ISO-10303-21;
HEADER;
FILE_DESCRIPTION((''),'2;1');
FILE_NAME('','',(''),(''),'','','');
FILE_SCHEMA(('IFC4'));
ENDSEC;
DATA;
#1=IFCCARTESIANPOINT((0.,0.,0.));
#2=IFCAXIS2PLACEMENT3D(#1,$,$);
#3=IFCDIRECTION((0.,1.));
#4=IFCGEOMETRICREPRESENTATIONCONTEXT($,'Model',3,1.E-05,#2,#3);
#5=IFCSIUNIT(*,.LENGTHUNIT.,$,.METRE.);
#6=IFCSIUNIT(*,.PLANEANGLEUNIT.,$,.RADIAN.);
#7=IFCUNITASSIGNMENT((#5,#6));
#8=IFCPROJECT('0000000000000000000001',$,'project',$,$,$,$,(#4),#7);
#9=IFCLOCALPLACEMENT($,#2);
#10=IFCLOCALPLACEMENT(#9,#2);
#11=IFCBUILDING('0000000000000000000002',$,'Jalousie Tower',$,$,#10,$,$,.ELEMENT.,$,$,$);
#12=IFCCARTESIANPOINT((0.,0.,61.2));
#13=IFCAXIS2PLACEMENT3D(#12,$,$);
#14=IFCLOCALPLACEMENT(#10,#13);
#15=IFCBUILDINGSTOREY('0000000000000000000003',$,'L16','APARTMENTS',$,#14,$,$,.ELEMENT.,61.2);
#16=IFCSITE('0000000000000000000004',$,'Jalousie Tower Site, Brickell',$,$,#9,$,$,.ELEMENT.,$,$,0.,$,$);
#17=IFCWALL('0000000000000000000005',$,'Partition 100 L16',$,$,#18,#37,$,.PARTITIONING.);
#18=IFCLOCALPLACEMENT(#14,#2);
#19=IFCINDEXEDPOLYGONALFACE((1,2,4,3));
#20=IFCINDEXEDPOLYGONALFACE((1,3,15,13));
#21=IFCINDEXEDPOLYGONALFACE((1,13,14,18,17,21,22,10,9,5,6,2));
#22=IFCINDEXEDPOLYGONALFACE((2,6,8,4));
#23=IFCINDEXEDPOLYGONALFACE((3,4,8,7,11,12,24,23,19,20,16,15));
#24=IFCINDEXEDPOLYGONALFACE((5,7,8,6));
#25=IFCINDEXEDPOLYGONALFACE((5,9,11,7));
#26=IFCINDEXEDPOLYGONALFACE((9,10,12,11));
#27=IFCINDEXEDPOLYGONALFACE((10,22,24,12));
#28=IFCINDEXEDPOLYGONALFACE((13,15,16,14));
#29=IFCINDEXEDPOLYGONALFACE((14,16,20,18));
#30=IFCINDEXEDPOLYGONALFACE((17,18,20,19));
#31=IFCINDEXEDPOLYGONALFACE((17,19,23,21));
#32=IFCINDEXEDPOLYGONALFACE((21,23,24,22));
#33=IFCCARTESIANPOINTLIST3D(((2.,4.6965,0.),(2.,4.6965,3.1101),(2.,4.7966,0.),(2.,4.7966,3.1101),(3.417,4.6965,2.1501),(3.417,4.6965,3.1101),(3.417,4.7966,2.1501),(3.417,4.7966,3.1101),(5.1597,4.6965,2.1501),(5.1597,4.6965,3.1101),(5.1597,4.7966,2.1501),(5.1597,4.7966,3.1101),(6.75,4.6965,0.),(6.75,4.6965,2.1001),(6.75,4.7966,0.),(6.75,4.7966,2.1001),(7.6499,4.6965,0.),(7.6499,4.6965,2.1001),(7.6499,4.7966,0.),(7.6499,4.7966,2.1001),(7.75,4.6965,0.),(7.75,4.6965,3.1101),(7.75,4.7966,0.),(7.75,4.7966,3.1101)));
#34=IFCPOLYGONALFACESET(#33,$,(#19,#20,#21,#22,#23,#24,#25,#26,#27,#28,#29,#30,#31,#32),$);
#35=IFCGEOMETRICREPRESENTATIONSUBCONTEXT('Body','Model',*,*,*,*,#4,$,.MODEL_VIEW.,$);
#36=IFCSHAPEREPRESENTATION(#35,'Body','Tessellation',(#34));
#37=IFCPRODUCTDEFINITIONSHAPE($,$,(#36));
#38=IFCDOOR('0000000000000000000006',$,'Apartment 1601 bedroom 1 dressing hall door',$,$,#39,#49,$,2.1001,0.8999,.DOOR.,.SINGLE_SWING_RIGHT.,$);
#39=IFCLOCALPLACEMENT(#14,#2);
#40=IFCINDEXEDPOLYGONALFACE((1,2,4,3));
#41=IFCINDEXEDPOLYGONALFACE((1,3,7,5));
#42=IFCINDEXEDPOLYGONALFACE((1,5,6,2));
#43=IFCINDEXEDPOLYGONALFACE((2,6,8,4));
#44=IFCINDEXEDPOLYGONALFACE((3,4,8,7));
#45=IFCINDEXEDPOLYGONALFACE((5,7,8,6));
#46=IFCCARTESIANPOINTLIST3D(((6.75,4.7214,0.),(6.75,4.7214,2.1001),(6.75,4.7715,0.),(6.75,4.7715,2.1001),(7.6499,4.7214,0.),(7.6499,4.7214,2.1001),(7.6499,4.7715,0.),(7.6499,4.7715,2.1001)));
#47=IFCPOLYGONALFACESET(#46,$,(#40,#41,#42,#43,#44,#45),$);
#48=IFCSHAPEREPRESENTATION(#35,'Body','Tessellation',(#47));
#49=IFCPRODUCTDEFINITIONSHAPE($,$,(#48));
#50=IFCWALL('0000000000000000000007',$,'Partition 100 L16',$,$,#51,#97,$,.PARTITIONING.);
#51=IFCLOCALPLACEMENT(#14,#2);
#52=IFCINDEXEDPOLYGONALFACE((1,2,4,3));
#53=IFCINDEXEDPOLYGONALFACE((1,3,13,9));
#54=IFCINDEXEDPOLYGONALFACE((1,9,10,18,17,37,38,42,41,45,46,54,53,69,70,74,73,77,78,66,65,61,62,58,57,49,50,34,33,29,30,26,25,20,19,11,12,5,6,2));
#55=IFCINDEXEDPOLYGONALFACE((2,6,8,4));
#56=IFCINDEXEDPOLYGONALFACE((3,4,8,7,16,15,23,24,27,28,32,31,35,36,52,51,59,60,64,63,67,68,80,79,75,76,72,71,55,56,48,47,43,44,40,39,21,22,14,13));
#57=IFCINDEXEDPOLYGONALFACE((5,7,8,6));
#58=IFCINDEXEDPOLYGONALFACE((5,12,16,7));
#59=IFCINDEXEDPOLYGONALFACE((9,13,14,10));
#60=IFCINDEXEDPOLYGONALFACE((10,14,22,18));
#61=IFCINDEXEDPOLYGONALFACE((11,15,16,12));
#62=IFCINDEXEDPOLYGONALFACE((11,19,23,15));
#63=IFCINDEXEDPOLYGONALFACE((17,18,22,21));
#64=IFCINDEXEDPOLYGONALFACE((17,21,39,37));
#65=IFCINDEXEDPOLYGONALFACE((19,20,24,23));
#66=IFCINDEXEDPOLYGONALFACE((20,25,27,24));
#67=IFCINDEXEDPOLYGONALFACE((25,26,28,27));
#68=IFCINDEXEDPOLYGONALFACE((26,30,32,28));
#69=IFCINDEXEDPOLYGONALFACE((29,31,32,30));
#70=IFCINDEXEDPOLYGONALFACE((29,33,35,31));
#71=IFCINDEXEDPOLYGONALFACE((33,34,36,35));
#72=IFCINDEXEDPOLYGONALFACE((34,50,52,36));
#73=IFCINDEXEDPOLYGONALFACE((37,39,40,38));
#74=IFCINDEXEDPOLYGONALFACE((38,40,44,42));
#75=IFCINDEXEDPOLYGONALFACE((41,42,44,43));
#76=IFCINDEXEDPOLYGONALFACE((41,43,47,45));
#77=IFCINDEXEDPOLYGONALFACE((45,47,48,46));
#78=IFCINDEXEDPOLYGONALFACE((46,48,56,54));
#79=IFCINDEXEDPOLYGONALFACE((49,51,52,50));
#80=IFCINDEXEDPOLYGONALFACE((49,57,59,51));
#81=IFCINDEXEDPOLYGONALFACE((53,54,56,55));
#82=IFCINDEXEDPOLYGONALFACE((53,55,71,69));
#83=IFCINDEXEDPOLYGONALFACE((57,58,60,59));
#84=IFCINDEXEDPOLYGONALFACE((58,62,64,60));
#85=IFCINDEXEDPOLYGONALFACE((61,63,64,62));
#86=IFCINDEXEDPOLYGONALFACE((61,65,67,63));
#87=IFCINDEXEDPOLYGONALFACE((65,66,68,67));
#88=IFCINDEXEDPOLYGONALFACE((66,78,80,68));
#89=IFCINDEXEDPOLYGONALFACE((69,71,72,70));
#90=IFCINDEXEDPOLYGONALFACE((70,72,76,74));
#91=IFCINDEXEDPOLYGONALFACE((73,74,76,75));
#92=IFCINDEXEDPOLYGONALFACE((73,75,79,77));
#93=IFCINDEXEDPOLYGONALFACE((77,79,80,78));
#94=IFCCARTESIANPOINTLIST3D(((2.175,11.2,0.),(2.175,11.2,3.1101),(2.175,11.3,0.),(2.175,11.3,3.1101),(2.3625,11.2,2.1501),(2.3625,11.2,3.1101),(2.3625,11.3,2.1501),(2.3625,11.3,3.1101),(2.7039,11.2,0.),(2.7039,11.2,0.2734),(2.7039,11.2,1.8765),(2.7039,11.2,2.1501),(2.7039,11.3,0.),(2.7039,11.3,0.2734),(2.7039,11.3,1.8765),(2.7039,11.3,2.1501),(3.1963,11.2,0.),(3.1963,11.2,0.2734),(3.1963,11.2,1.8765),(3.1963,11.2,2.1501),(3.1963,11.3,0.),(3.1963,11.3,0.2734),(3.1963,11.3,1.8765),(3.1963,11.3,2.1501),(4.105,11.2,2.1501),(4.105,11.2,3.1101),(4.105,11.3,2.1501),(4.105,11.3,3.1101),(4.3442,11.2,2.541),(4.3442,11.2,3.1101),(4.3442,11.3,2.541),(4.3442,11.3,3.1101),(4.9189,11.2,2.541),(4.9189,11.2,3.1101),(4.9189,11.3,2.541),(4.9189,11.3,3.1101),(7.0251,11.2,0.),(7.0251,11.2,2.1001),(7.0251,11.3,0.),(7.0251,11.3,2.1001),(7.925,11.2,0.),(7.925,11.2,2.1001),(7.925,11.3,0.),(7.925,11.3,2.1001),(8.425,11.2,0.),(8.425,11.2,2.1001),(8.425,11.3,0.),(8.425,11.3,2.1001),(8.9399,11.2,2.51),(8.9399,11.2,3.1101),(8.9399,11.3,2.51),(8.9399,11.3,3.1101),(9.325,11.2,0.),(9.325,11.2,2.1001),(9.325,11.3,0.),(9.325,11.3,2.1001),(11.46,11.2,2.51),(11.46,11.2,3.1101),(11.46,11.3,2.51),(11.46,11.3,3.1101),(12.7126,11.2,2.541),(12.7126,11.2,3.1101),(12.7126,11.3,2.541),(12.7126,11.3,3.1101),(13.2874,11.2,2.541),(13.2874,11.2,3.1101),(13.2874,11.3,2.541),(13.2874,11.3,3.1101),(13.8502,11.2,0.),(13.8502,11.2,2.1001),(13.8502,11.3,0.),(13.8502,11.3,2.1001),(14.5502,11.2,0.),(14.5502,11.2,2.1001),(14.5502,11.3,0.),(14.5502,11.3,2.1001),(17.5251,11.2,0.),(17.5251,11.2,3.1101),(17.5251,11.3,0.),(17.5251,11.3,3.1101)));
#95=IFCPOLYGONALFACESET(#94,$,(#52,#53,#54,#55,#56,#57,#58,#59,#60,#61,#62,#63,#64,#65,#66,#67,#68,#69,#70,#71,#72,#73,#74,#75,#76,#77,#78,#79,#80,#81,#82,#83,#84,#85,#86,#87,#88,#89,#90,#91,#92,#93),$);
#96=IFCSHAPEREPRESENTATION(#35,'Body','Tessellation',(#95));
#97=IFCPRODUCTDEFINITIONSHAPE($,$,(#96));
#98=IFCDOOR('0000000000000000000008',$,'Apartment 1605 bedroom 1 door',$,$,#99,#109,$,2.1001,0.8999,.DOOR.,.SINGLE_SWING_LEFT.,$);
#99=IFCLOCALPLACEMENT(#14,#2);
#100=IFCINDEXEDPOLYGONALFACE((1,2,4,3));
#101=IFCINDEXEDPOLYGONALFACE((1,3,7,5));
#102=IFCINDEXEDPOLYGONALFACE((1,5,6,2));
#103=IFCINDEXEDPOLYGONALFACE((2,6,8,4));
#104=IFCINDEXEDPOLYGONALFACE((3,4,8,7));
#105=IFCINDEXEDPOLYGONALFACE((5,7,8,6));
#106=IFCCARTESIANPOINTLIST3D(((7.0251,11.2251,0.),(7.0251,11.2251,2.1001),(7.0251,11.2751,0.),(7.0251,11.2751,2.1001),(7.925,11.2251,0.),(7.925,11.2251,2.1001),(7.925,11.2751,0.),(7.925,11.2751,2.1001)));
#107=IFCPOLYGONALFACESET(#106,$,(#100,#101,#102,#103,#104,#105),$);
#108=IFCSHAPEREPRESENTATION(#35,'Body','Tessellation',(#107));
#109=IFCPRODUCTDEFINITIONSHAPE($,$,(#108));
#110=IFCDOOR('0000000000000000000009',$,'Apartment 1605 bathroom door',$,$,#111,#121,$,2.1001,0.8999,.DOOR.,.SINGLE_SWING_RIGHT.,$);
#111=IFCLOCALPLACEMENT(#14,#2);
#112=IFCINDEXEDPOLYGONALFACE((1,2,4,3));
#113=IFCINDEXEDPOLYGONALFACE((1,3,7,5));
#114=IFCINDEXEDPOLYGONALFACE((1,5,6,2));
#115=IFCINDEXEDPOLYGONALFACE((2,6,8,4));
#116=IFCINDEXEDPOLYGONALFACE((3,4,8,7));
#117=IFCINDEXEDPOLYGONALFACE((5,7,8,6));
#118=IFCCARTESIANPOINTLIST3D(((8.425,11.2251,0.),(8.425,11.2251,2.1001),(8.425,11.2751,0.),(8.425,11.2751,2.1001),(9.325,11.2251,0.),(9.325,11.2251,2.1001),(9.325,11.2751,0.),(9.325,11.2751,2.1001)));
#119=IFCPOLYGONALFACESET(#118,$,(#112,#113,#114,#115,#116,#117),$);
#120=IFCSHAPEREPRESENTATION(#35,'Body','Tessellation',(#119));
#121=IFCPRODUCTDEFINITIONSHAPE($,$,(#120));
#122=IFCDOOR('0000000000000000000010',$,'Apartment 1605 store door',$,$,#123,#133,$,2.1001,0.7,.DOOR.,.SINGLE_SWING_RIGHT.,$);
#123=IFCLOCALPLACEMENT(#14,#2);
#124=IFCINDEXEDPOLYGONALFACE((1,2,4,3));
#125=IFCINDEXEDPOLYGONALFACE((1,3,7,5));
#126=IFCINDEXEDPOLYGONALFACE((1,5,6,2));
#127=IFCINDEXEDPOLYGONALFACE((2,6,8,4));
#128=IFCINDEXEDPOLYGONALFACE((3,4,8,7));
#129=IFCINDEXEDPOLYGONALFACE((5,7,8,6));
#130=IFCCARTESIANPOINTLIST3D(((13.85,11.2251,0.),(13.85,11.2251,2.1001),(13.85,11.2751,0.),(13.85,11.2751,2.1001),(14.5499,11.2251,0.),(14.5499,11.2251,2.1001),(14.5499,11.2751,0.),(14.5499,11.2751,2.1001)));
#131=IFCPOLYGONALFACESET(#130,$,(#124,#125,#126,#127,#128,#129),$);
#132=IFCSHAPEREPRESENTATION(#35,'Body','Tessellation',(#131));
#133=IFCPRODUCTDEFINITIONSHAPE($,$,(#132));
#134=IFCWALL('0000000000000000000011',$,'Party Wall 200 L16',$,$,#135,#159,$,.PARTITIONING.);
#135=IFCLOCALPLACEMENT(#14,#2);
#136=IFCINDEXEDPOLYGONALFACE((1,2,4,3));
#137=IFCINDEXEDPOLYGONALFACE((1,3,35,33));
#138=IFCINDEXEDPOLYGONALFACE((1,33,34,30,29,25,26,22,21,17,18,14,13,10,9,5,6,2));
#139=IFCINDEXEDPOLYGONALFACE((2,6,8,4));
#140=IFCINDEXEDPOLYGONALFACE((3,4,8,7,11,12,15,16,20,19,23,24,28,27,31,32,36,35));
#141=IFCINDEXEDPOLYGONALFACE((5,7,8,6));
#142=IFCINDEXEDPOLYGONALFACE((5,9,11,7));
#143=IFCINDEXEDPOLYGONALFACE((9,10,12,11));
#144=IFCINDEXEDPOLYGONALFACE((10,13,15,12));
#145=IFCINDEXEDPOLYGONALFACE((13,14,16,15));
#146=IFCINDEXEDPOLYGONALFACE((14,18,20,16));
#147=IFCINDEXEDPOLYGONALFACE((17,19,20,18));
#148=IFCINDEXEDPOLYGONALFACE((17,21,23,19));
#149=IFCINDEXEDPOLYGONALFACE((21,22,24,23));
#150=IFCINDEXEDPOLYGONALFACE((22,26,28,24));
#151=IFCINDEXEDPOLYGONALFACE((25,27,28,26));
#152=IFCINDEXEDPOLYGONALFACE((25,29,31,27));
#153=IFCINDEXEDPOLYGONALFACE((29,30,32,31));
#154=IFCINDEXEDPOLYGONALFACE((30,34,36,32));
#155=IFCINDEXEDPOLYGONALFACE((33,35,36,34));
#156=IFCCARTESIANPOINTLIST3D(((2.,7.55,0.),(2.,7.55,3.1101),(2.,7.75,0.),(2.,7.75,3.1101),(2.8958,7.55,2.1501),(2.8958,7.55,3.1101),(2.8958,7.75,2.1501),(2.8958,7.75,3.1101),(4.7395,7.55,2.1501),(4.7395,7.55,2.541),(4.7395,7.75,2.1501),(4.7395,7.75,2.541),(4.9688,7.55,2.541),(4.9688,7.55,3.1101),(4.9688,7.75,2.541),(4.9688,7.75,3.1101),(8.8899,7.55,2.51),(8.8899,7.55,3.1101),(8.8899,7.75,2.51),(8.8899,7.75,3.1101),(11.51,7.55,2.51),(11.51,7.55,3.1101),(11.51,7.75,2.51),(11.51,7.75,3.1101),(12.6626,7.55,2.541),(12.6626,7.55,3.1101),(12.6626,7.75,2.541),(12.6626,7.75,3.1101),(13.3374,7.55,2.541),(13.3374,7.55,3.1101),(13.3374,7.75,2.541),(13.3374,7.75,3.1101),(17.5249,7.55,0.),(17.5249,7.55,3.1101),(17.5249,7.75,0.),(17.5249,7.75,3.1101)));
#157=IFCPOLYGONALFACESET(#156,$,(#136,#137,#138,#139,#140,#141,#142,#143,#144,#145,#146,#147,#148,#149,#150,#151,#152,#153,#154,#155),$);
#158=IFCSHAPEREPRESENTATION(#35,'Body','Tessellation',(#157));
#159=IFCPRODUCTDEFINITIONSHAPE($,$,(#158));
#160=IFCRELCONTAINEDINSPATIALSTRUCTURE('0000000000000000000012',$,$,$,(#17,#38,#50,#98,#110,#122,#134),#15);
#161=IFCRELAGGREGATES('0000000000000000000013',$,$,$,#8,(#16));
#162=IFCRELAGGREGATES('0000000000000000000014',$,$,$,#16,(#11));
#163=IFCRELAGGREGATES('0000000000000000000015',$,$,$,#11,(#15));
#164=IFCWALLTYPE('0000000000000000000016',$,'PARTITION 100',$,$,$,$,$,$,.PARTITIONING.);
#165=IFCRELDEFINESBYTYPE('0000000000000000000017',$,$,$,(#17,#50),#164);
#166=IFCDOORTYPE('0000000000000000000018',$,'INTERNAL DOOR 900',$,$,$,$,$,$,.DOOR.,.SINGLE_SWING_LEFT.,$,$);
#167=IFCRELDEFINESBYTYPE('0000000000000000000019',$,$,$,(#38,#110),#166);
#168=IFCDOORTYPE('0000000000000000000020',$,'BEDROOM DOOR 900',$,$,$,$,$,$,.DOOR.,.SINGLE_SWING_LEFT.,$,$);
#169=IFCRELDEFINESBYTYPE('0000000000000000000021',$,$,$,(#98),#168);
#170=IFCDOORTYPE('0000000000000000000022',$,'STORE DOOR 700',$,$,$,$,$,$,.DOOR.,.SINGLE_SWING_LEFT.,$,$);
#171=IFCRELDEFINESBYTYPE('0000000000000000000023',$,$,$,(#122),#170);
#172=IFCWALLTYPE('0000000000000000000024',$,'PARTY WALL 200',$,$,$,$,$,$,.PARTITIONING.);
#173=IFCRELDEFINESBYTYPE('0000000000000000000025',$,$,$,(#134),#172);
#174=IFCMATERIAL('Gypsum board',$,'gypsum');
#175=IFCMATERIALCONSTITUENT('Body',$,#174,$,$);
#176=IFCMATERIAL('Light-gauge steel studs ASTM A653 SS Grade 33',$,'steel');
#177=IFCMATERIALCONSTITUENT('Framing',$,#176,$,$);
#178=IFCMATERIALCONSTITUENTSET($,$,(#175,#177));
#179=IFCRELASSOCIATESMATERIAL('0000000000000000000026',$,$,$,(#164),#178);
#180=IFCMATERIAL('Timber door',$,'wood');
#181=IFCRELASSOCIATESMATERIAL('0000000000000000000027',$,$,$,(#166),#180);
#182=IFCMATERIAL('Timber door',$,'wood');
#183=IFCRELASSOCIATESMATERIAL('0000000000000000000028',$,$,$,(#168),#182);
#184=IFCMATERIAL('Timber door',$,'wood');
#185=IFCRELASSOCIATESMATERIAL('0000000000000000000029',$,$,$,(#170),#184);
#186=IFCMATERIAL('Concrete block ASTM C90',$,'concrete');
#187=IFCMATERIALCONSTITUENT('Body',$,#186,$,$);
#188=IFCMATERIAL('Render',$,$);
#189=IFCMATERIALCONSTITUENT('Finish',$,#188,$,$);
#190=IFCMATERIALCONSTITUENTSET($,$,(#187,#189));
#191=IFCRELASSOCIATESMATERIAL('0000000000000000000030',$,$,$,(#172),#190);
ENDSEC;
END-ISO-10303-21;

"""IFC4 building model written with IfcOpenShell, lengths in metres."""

from ifc_helpers import new_model, si_unit, direction, frame, frame_2d, origin, place, context, subcontext, project, spatial, polyline, rectangle, outline, extrude, material, constituent, constituent_set, type_object, element, fill, save


model = new_model("IFC4")

# Units and contexts
model_context = context("Model", 3, precision=1e-05, world=origin(), true_north=direction((0.0, 1.0)))
body_context = subcontext(model_context, "Body", "Model", "MODEL_VIEW")
ifc_project = project(units=[si_unit("LENGTHUNIT", "METRE"), si_unit("PLANEANGLEUNIT", "RADIAN")], contexts=[model_context])

# Site, building, storey
site_placement = place(None, origin())
site = spatial("IfcSite", under=ifc_project, at=site_placement, Name="Jalousie Tower Site, Brickell", CompositionType="ELEMENT", RefElevation=0.0)
building_placement = place(site_placement, origin())
building = spatial("IfcBuilding", under=site, at=building_placement, Name="Jalousie Tower", CompositionType="ELEMENT")
storey_placement = place(building_placement, frame((0.0, 0.0, 61.2)))
storey = spatial("IfcBuildingStorey", under=building, at=storey_placement, Name="L16", Description="APARTMENTS", CompositionType="ELEMENT", Elevation=61.2)

# Wall, opening, door
ifc_material_1 = material(Name="Gypsum board", Category="gypsum")
ifc_constituent_1 = constituent(ifc_material_1, Name="Body")
ifc_material_2 = material(Name="Light-gauge steel studs ASTM A653 SS Grade 33", Category="steel")
ifc_constituent_2 = constituent(ifc_material_2, Name="Framing")
ifc_constituent_set_1 = constituent_set(constituents=[ifc_constituent_1, ifc_constituent_2])
wall_type_1 = type_object("IfcWallType", Name="PARTITION 100", PredefinedType="PARTITIONING", material=ifc_constituent_set_1)
wall_1_placement = place(storey_placement, frame((2.0, 4.7466, 0.0), z_axis=(0.0, 0.0, 1.0), x_axis=(1.0, 0.0, 0.0)))
wall_1 = element("IfcWall", 1, at=wall_1_placement, inside=storey, type_object=wall_type_1, Name="Partition 100 L16", PredefinedType="PARTITIONING", context=body_context, shape_type="SweptSolid", body=[
    extrude(outline(polyline([(0.0, 0.0), (5.75, 0.0), (5.75, 3.1101), (3.1597, 3.1101), (3.1597, 2.1501), (1.417, 2.1501), (1.417, 3.1101), (0.0, 3.1101), (0.0, 0.0)])), frame((0.0, 0.05, 0.0), z_axis=(0.0, -1.0, 0.0), x_axis=(1.0, 0.0, 0.0)), (0.0, 0.0, 1.0), 0.1001),
])
opening_1_placement = place(wall_1_placement, frame((4.75, 0.0, 0.0)))
opening_1 = element("IfcOpeningElement", 2, at=opening_1_placement, cuts=wall_1, PredefinedType="OPENING", context=body_context, shape_type="SweptSolid", body=[
    extrude(rectangle(XDim=0.8999, YDim=2.1001, at=frame_2d((0.45, 1.05))), frame((0.0, 0.0601, 0.0), z_axis=(0.0, -1.0, 0.0), x_axis=(1.0, 0.0, 0.0)), (0.0, 0.0, 1.0), 0.1201),
])
ifc_material_3 = material(Name="Timber door", Category="wood")
door_type_1 = type_object("IfcDoorType", Name="INTERNAL DOOR 900", OperationType="SINGLE_SWING_LEFT", PredefinedType="DOOR", material=ifc_material_3)
door_1_placement = place(opening_1_placement, origin())
door_1 = element("IfcDoor", 3, at=door_1_placement, inside=storey, type_object=door_type_1, Name="Apartment 1601 bedroom 1 dressing hall door", OperationType="SINGLE_SWING_RIGHT", OverallHeight=2.1001, OverallWidth=0.8999, PredefinedType="DOOR", context=body_context, shape_type="SweptSolid", body=[
    extrude(rectangle(XDim=0.8999, YDim=2.1001, at=frame_2d((0.45, 1.05))), frame((0.0, 0.0249, 0.0), z_axis=(0.0, -1.0, 0.0), x_axis=(1.0, 0.0, 0.0)), (0.0, 0.0, 1.0), 0.05),
])
fill(opening_1, door_1)

# Wall, openings, doors
wall_2_placement = place(storey_placement, frame((2.175, 11.25, 0.0), z_axis=(0.0, 0.0, 1.0), x_axis=(1.0, 0.0, 0.0)))
wall_2 = element("IfcWall", 4, at=wall_2_placement, inside=storey, type_object=wall_type_1, Name="Partition 100 L16", PredefinedType="PARTITIONING", context=body_context, shape_type="SweptSolid", body=[
    extrude(outline(polyline([(0.1875, 3.1101), (0.0, 3.1101), (0.0, 0.0), (0.5288, 0.0), (0.5288, 0.2734), (1.0212, 0.2734), (1.0212, 0.0), (15.3501, 0.0), (15.3501, 3.1101), (11.1123, 3.1101), (11.1123, 2.541), (10.5376, 2.541), (10.5376, 3.1101), (9.2849, 3.1101), (9.2849, 2.51), (6.7649, 2.51), (6.7649, 3.1101), (2.7439, 3.1101), (2.7439, 2.541), (2.1692, 2.541), (2.1692, 3.1101), (1.9299, 3.1101), (1.9299, 2.1501), (1.0212, 2.1501), (1.0212, 1.8765), (0.5288, 1.8765), (0.5288, 2.1501), (0.1875, 2.1501), (0.1875, 3.1101)])), frame((0.0, 0.05, 0.0), z_axis=(0.0, -1.0, 0.0), x_axis=(1.0, 0.0, 0.0)), (0.0, 0.0, 1.0), 0.1001),
])
opening_2_placement = place(wall_2_placement, frame((4.8501, 0.0, 0.0)))
opening_2 = element("IfcOpeningElement", 5, at=opening_2_placement, cuts=wall_2, PredefinedType="OPENING", context=body_context, shape_type="SweptSolid", body=[
    extrude(rectangle(XDim=0.8999, YDim=2.1001, at=frame_2d((0.45, 1.05))), frame((0.0, 0.0601, 0.0), z_axis=(0.0, -1.0, 0.0), x_axis=(1.0, 0.0, 0.0)), (0.0, 0.0, 1.0), 0.1201),
])
opening_3_placement = place(wall_2_placement, frame((6.25, 0.0, 0.0)))
opening_3 = element("IfcOpeningElement", 6, at=opening_3_placement, cuts=wall_2, PredefinedType="OPENING", context=body_context, shape_type="SweptSolid", body=[
    extrude(rectangle(XDim=0.8999, YDim=2.1001, at=frame_2d((0.45, 1.05))), frame((0.0, 0.0601, 0.0), z_axis=(0.0, -1.0, 0.0), x_axis=(1.0, 0.0, 0.0)), (0.0, 0.0, 1.0), 0.1201),
])
opening_4_placement = place(wall_2_placement, frame((11.675, 0.0, 0.0)))
opening_4 = element("IfcOpeningElement", 7, at=opening_4_placement, cuts=wall_2, PredefinedType="OPENING", context=body_context, shape_type="SweptSolid", body=[
    extrude(rectangle(XDim=0.7, YDim=2.1001, at=frame_2d((0.3501, 1.05))), frame((0.0, 0.0601, 0.0), z_axis=(0.0, -1.0, 0.0), x_axis=(1.0, 0.0, 0.0)), (0.0, 0.0, 1.0), 0.1201),
])
ifc_material_4 = material(Name="Timber door", Category="wood")
door_type_2 = type_object("IfcDoorType", Name="BEDROOM DOOR 900", OperationType="SINGLE_SWING_LEFT", PredefinedType="DOOR", material=ifc_material_4)
door_2_placement = place(opening_2_placement, frame((0.8999, 0.0, 0.0), z_axis=(0.0, 0.0, 1.0), x_axis=(-1.0, 0.0, 0.0)))
door_2 = element("IfcDoor", 8, at=door_2_placement, inside=storey, type_object=door_type_2, Name="Apartment 1605 bedroom 1 door", OperationType="SINGLE_SWING_LEFT", OverallHeight=2.1001, OverallWidth=0.8999, PredefinedType="DOOR", context=body_context, shape_type="SweptSolid", body=[
    extrude(rectangle(XDim=0.8999, YDim=2.1001, at=frame_2d((0.45, 1.05))), frame((0.0, 0.0249, 0.0), z_axis=(0.0, -1.0, 0.0), x_axis=(1.0, 0.0, 0.0)), (0.0, 0.0, 1.0), 0.05),
])
fill(opening_2, door_2)
door_3_placement = place(opening_3_placement, frame((0.8999, 0.0, 0.0), z_axis=(0.0, 0.0, 1.0), x_axis=(-1.0, 0.0, 0.0)))
door_3 = element("IfcDoor", 9, at=door_3_placement, inside=storey, type_object=door_type_1, Name="Apartment 1605 bathroom door", OperationType="SINGLE_SWING_RIGHT", OverallHeight=2.1001, OverallWidth=0.8999, PredefinedType="DOOR", context=body_context, shape_type="SweptSolid", body=[
    extrude(rectangle(XDim=0.8999, YDim=2.1001, at=frame_2d((0.45, 1.05))), frame((0.0, 0.0249, 0.0), z_axis=(0.0, -1.0, 0.0), x_axis=(1.0, 0.0, 0.0)), (0.0, 0.0, 1.0), 0.05),
])
fill(opening_3, door_3)
ifc_material_5 = material(Name="Timber door", Category="wood")
door_type_3 = type_object("IfcDoorType", Name="STORE DOOR 700", OperationType="SINGLE_SWING_LEFT", PredefinedType="DOOR", material=ifc_material_5)
door_4_placement = place(opening_4_placement, frame((0.7, 0.0, 0.0), z_axis=(0.0, 0.0, 1.0), x_axis=(-1.0, 0.0, 0.0)))
door_4 = element("IfcDoor", 10, at=door_4_placement, inside=storey, type_object=door_type_3, Name="Apartment 1605 store door", OperationType="SINGLE_SWING_RIGHT", OverallHeight=2.1001, OverallWidth=0.7, PredefinedType="DOOR", context=body_context, shape_type="SweptSolid", body=[
    extrude(rectangle(XDim=0.7, YDim=2.1001, at=frame_2d((0.3501, 1.05))), frame((0.0, 0.0249, 0.0), z_axis=(0.0, -1.0, 0.0), x_axis=(1.0, 0.0, 0.0)), (0.0, 0.0, 1.0), 0.05),
])
fill(opening_4, door_4)

# Wall
ifc_material_6 = material(Name="Concrete block ASTM C90", Category="concrete")
ifc_constituent_3 = constituent(ifc_material_6, Name="Body")
ifc_material_7 = material(Name="Render")
ifc_constituent_4 = constituent(ifc_material_7, Name="Finish")
ifc_constituent_set_2 = constituent_set(constituents=[ifc_constituent_3, ifc_constituent_4])
wall_type_2 = type_object("IfcWallType", Name="PARTY WALL 200", PredefinedType="PARTITIONING", material=ifc_constituent_set_2)
wall_3_placement = place(storey_placement, frame((2.0, 7.6499, 0.0), z_axis=(0.0, 0.0, 1.0), x_axis=(1.0, 0.0, 0.0)))
element("IfcWall", 11, at=wall_3_placement, inside=storey, type_object=wall_type_2, Name="Party Wall 200 L16", PredefinedType="PARTITIONING", context=body_context, shape_type="SweptSolid", body=[
    extrude(outline(polyline([(0.0, 0.0), (15.5249, 0.0), (15.5249, 3.1101), (11.3374, 3.1101), (11.3374, 2.541), (10.6626, 2.541), (10.6626, 3.1101), (9.51, 3.1101), (9.51, 2.51), (6.8899, 2.51), (6.8899, 3.1101), (2.9688, 3.1101), (2.9688, 2.541), (2.7395, 2.541), (2.7395, 2.1501), (0.8958, 2.1501), (0.8958, 3.1101), (0.0, 3.1101), (0.0, 0.0)])), frame((0.0, 0.1001, 0.0), z_axis=(0.0, -1.0, 0.0), x_axis=(1.0, 0.0, 0.0)), (0.0, 0.0, 1.0), 0.2),
])

save(model, "model.ifc")
